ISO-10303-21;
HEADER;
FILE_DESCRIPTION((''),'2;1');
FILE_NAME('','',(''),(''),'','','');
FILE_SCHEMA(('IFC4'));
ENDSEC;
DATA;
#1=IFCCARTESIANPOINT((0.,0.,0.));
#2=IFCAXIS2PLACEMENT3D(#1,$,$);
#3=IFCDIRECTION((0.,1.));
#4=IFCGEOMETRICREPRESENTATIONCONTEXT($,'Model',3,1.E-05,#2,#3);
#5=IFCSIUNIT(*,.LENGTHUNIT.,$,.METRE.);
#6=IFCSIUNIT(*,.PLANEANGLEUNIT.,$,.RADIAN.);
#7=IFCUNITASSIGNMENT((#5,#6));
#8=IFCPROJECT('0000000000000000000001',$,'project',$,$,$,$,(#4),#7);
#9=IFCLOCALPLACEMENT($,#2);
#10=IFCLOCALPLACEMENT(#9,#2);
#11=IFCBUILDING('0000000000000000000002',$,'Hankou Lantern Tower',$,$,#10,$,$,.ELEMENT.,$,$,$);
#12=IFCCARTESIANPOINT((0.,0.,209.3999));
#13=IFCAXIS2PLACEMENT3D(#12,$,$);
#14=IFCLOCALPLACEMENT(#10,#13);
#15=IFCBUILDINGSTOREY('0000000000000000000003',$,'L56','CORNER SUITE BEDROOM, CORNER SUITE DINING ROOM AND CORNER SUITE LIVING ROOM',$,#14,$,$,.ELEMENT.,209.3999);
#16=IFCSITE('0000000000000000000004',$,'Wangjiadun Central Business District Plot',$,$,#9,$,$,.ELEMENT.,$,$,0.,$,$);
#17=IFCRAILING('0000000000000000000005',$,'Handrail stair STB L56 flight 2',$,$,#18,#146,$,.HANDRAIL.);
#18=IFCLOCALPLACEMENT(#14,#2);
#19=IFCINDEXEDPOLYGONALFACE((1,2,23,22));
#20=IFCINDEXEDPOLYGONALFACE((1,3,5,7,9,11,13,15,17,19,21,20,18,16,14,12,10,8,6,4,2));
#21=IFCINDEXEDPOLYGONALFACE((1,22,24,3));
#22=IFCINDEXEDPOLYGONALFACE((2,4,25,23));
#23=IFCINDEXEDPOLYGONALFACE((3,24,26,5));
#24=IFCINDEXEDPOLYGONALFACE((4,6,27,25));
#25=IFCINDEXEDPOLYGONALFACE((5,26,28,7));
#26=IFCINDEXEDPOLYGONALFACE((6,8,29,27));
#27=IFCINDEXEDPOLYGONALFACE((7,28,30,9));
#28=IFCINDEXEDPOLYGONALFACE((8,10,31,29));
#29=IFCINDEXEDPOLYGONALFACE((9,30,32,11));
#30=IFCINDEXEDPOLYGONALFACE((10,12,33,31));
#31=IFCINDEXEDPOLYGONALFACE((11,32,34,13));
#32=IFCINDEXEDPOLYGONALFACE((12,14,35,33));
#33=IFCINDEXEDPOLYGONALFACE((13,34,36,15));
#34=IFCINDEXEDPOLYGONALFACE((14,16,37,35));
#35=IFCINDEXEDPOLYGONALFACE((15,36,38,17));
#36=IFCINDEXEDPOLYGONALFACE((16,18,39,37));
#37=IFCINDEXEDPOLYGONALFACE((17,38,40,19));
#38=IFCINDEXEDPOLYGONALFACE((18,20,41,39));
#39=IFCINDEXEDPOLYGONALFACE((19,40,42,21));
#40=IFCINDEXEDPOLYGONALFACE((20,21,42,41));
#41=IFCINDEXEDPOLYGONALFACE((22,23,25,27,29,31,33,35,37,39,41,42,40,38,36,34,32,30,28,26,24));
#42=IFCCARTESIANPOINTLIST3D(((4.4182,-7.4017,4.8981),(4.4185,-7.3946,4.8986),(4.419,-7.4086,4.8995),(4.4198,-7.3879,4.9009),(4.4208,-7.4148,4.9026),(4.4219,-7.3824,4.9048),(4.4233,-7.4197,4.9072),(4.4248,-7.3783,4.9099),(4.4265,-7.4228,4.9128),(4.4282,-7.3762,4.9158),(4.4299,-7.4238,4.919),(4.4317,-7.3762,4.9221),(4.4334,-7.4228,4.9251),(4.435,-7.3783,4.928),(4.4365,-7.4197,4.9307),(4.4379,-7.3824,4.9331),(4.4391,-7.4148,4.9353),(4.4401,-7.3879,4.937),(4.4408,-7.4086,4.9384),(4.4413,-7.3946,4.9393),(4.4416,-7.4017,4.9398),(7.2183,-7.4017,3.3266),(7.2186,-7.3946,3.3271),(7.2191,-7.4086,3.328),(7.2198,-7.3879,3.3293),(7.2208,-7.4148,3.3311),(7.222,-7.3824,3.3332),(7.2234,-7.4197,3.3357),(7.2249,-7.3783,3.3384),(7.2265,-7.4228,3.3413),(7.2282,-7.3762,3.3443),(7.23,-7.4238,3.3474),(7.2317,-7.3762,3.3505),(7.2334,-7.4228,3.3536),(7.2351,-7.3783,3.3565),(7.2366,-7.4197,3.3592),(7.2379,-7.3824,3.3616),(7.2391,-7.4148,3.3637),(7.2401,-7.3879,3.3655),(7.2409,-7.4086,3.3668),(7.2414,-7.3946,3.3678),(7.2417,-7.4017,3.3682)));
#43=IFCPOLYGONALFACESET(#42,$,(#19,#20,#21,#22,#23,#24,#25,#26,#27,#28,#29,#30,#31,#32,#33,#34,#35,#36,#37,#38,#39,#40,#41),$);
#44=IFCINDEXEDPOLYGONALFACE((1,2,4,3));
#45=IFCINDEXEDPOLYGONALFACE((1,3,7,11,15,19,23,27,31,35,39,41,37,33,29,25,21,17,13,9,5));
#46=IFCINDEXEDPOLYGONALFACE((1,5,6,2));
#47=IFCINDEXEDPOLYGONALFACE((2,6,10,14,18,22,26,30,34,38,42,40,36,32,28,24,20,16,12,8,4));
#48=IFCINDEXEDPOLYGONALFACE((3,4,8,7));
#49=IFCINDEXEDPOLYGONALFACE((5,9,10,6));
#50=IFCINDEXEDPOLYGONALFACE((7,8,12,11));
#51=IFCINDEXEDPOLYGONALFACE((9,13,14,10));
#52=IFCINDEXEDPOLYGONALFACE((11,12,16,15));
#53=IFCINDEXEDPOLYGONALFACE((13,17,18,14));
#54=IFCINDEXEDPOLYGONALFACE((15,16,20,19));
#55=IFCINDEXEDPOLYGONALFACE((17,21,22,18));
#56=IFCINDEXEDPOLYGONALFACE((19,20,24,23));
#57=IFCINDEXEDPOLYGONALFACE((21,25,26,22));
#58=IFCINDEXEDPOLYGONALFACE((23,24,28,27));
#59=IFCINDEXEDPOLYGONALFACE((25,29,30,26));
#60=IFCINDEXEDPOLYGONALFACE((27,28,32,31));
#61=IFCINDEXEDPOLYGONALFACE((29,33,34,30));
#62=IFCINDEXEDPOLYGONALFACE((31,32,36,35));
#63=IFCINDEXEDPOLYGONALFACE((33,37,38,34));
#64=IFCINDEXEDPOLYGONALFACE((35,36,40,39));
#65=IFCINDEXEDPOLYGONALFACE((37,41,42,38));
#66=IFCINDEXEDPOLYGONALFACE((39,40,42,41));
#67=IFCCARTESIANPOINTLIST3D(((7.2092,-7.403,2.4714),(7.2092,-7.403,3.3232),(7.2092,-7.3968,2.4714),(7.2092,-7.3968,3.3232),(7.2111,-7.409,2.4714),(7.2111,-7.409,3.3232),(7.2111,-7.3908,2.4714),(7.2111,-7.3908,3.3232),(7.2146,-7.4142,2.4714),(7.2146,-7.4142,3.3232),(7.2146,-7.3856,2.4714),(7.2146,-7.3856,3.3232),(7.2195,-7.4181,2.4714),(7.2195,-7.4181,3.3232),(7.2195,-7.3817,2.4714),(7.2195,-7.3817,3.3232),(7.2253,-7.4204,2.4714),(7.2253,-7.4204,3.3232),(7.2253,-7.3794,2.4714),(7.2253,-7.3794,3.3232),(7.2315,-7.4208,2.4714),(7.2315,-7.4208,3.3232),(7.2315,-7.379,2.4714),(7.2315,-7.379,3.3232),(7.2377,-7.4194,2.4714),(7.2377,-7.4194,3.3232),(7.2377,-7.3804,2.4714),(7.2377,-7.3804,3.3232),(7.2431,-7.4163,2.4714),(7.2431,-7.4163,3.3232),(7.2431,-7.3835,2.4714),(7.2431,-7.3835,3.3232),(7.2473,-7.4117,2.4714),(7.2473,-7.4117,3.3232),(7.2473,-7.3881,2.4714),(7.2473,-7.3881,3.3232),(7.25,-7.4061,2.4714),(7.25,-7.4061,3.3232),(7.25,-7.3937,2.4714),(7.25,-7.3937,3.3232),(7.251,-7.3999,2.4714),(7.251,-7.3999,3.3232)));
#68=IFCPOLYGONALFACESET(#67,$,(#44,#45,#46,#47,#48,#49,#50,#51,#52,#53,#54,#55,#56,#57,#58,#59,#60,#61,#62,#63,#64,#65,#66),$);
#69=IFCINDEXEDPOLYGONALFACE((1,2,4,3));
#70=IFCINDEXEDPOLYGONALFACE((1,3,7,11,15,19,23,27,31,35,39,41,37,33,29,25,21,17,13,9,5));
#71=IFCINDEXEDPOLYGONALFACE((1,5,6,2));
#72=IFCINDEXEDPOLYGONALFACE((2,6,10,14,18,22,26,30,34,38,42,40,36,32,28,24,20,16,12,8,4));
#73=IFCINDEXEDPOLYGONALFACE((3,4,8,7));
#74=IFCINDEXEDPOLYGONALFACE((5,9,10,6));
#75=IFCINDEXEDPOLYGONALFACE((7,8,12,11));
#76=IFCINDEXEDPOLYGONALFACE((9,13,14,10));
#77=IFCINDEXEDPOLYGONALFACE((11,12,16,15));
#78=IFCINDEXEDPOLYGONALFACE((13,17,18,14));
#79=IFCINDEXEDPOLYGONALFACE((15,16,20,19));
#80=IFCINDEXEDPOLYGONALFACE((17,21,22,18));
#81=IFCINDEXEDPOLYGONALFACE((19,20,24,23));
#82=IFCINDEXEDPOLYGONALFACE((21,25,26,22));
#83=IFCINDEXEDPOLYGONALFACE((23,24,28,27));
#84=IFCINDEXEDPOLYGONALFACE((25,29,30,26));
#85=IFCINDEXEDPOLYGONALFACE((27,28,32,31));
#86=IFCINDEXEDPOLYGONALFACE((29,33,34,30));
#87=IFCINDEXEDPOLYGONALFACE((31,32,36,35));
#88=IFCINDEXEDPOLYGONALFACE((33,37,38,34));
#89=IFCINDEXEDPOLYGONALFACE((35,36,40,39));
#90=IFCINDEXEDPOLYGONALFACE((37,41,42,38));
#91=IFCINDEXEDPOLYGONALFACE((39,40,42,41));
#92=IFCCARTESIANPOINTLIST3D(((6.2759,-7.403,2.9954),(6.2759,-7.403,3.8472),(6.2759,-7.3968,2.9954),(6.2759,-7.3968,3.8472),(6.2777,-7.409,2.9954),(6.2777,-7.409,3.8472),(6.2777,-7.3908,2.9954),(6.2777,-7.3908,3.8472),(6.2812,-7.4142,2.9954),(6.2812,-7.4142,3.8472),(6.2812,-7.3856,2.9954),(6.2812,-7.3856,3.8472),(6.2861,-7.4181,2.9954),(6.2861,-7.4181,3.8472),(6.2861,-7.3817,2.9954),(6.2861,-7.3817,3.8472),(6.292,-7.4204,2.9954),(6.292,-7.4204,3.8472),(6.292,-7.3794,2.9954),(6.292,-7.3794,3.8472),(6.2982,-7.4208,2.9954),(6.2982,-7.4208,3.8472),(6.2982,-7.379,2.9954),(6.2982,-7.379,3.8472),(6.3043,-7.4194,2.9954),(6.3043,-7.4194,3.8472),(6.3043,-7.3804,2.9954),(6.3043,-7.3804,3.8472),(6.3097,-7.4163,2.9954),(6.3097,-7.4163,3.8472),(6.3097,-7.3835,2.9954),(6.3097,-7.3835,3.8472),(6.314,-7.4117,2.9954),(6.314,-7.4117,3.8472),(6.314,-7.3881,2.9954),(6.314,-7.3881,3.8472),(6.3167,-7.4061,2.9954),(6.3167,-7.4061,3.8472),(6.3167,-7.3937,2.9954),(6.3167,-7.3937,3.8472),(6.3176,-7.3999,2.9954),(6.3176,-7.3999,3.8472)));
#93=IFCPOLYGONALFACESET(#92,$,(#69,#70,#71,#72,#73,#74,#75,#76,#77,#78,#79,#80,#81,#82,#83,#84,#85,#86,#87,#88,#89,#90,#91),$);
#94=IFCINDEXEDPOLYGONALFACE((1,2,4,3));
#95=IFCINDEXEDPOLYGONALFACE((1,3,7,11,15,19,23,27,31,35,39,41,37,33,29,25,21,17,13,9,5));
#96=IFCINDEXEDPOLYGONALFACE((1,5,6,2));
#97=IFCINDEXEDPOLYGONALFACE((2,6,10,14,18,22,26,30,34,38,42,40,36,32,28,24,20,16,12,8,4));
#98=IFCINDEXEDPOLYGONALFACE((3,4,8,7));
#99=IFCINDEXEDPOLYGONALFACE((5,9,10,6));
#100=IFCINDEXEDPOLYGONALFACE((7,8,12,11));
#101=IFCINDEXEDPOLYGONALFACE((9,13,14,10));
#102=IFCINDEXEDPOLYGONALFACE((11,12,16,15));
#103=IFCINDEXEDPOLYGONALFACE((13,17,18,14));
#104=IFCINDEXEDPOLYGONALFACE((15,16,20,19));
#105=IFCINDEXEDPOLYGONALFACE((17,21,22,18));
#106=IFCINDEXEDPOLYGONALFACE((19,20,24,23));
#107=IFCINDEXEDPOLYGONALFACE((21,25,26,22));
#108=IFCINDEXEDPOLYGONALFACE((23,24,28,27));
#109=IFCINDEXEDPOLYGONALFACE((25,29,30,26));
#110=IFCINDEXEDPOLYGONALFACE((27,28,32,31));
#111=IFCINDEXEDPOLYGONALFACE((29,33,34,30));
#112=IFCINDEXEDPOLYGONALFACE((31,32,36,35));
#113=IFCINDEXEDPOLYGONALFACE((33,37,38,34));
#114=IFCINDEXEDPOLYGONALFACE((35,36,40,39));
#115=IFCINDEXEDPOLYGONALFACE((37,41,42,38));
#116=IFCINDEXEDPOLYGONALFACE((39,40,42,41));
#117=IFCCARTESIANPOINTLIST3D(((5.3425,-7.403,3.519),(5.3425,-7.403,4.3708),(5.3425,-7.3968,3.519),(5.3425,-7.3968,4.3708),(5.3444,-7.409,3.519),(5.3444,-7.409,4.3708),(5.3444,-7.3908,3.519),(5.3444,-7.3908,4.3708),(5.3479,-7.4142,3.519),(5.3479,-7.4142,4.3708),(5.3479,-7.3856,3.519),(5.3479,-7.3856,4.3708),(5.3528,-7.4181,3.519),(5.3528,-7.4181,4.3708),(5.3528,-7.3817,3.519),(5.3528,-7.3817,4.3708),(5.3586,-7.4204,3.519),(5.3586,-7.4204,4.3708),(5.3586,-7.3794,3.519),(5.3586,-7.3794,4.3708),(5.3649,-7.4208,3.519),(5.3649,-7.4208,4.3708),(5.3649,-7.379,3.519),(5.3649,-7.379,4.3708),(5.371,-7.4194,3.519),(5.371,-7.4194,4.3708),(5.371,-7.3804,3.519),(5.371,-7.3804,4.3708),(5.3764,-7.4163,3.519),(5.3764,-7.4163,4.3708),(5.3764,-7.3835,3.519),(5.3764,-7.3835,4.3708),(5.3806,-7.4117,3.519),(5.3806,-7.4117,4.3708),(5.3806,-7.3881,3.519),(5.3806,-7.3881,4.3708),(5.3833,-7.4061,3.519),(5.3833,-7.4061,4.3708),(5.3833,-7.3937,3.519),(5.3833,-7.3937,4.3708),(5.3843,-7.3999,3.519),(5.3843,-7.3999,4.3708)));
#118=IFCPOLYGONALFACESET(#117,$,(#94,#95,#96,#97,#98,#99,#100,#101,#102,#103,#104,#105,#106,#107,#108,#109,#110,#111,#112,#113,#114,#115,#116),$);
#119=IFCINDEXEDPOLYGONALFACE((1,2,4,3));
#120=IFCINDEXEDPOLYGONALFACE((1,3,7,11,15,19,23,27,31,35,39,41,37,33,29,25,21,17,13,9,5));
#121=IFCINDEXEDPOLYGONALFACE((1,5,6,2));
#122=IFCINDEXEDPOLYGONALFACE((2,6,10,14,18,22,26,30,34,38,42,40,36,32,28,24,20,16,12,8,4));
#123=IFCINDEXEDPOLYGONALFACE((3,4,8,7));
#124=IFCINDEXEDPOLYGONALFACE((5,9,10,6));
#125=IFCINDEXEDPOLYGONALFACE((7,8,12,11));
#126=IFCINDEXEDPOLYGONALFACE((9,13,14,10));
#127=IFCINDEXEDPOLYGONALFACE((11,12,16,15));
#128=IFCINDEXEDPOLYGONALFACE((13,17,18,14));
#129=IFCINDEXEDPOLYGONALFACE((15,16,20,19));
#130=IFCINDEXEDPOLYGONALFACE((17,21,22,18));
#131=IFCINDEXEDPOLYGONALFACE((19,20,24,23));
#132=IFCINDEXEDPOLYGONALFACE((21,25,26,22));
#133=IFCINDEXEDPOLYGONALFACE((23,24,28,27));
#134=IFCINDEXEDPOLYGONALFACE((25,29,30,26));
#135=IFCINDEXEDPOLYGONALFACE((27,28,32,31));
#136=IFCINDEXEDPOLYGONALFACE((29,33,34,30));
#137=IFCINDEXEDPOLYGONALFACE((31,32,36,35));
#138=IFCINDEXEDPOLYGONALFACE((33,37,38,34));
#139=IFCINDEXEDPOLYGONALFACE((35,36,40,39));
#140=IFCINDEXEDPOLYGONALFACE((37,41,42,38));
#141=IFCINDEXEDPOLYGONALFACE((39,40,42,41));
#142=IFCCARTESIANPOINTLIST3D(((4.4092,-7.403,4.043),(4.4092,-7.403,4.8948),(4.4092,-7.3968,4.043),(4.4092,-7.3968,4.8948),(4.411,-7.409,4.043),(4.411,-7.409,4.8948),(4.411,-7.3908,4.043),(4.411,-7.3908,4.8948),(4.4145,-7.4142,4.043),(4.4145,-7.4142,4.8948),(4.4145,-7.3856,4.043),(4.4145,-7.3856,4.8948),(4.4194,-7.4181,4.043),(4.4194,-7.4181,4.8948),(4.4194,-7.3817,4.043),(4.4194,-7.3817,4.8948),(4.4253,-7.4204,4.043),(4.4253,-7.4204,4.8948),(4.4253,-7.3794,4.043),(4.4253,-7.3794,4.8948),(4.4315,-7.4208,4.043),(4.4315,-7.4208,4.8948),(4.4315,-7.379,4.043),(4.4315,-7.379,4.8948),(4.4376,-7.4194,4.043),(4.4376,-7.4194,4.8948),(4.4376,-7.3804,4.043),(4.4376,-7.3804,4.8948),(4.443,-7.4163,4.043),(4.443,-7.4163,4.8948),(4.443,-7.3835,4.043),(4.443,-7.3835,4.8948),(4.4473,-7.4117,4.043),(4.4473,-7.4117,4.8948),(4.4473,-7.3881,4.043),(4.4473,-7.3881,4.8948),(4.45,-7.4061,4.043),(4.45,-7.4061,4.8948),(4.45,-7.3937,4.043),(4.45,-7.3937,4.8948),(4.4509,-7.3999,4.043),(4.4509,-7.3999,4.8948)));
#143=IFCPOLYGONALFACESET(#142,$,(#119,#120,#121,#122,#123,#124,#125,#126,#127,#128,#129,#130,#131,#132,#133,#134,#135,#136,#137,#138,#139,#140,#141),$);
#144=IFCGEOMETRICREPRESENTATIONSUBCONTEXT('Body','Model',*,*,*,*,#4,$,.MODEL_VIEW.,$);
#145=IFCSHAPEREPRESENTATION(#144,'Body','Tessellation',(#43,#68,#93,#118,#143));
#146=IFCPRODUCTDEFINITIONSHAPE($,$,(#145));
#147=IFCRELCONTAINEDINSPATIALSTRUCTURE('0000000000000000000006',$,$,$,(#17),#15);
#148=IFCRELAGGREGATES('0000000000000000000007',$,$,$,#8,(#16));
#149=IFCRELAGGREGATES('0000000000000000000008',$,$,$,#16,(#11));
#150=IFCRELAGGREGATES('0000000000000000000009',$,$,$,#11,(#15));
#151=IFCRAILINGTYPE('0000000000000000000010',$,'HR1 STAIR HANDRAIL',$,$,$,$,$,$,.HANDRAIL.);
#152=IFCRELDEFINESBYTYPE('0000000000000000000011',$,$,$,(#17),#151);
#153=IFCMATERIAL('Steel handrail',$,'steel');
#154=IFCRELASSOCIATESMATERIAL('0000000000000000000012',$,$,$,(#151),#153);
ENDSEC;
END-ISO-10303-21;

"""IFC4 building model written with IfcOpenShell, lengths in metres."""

from ifc_helpers import new_model, si_unit, direction, frame, origin, origin_2d, place, context, subcontext, project, spatial, circle, extrude, material, type_object, element, save


model = new_model("IFC4")

# Units and contexts
model_context = context("Model", 3, precision=1e-05, world=origin(), true_north=direction((0.0, 1.0)))
body_context = subcontext(model_context, "Body", "Model", "MODEL_VIEW")
ifc_project = project(units=[si_unit("LENGTHUNIT", "METRE"), si_unit("PLANEANGLEUNIT", "RADIAN")], contexts=[model_context])

# Site, building, storey
site_placement = place(None, origin())
site = spatial("IfcSite", under=ifc_project, at=site_placement, Name="Wangjiadun Central Business District Plot", CompositionType="ELEMENT", RefElevation=0.0)
building_placement = place(site_placement, origin())
building = spatial("IfcBuilding", under=site, at=building_placement, Name="Hankou Lantern Tower", CompositionType="ELEMENT")
storey_placement = place(building_placement, frame((0.0, 0.0, 209.3999)))
storey = spatial("IfcBuildingStorey", under=building, at=storey_placement, Name="L56", Description="CORNER SUITE BEDROOM, CORNER SUITE DINING ROOM AND CORNER SUITE LIVING ROOM", CompositionType="ELEMENT", Elevation=209.3999)

# Railing
ifc_material_1 = material(Name="Steel handrail", Category="steel")
railing_type = type_object("IfcRailingType", Name="HR1 STAIR HANDRAIL", PredefinedType="HANDRAIL", material=ifc_material_1)
railing_1_placement = place(storey_placement, frame((7.23, -7.3999, 2.4714)))
element("IfcRailing", 1, at=railing_1_placement, inside=storey, type_object=railing_type, Name="Handrail stair STB L56 flight 2", PredefinedType="HANDRAIL", context=body_context, shape_type="SweptSolid", body=[
    extrude(circle(Radius=0.0239, at=origin_2d()), frame((0.0, 0.0, 0.876), z_axis=(-0.87204, 0.0, 0.489434), x_axis=(0.0, -1.0, 0.0)), (0.0, 0.0, 1.0), 3.2109),
    extrude(circle(Radius=0.021, at=origin_2d()), origin(), (0.0, 0.0, 1.0), 0.8518),
    extrude(circle(Radius=0.021, at=origin_2d()), frame((-0.9333, 0.0, 0.5239)), (0.0, 0.0, 1.0), 0.8518),
    extrude(circle(Radius=0.021, at=origin_2d()), frame((-1.8667, 0.0, 1.0476)), (0.0, 0.0, 1.0), 0.8518),
    extrude(circle(Radius=0.021, at=origin_2d()), frame((-2.8, 0.0, 1.5715)), (0.0, 0.0, 1.0), 0.8518),
])

save(model, "model.ifc")
